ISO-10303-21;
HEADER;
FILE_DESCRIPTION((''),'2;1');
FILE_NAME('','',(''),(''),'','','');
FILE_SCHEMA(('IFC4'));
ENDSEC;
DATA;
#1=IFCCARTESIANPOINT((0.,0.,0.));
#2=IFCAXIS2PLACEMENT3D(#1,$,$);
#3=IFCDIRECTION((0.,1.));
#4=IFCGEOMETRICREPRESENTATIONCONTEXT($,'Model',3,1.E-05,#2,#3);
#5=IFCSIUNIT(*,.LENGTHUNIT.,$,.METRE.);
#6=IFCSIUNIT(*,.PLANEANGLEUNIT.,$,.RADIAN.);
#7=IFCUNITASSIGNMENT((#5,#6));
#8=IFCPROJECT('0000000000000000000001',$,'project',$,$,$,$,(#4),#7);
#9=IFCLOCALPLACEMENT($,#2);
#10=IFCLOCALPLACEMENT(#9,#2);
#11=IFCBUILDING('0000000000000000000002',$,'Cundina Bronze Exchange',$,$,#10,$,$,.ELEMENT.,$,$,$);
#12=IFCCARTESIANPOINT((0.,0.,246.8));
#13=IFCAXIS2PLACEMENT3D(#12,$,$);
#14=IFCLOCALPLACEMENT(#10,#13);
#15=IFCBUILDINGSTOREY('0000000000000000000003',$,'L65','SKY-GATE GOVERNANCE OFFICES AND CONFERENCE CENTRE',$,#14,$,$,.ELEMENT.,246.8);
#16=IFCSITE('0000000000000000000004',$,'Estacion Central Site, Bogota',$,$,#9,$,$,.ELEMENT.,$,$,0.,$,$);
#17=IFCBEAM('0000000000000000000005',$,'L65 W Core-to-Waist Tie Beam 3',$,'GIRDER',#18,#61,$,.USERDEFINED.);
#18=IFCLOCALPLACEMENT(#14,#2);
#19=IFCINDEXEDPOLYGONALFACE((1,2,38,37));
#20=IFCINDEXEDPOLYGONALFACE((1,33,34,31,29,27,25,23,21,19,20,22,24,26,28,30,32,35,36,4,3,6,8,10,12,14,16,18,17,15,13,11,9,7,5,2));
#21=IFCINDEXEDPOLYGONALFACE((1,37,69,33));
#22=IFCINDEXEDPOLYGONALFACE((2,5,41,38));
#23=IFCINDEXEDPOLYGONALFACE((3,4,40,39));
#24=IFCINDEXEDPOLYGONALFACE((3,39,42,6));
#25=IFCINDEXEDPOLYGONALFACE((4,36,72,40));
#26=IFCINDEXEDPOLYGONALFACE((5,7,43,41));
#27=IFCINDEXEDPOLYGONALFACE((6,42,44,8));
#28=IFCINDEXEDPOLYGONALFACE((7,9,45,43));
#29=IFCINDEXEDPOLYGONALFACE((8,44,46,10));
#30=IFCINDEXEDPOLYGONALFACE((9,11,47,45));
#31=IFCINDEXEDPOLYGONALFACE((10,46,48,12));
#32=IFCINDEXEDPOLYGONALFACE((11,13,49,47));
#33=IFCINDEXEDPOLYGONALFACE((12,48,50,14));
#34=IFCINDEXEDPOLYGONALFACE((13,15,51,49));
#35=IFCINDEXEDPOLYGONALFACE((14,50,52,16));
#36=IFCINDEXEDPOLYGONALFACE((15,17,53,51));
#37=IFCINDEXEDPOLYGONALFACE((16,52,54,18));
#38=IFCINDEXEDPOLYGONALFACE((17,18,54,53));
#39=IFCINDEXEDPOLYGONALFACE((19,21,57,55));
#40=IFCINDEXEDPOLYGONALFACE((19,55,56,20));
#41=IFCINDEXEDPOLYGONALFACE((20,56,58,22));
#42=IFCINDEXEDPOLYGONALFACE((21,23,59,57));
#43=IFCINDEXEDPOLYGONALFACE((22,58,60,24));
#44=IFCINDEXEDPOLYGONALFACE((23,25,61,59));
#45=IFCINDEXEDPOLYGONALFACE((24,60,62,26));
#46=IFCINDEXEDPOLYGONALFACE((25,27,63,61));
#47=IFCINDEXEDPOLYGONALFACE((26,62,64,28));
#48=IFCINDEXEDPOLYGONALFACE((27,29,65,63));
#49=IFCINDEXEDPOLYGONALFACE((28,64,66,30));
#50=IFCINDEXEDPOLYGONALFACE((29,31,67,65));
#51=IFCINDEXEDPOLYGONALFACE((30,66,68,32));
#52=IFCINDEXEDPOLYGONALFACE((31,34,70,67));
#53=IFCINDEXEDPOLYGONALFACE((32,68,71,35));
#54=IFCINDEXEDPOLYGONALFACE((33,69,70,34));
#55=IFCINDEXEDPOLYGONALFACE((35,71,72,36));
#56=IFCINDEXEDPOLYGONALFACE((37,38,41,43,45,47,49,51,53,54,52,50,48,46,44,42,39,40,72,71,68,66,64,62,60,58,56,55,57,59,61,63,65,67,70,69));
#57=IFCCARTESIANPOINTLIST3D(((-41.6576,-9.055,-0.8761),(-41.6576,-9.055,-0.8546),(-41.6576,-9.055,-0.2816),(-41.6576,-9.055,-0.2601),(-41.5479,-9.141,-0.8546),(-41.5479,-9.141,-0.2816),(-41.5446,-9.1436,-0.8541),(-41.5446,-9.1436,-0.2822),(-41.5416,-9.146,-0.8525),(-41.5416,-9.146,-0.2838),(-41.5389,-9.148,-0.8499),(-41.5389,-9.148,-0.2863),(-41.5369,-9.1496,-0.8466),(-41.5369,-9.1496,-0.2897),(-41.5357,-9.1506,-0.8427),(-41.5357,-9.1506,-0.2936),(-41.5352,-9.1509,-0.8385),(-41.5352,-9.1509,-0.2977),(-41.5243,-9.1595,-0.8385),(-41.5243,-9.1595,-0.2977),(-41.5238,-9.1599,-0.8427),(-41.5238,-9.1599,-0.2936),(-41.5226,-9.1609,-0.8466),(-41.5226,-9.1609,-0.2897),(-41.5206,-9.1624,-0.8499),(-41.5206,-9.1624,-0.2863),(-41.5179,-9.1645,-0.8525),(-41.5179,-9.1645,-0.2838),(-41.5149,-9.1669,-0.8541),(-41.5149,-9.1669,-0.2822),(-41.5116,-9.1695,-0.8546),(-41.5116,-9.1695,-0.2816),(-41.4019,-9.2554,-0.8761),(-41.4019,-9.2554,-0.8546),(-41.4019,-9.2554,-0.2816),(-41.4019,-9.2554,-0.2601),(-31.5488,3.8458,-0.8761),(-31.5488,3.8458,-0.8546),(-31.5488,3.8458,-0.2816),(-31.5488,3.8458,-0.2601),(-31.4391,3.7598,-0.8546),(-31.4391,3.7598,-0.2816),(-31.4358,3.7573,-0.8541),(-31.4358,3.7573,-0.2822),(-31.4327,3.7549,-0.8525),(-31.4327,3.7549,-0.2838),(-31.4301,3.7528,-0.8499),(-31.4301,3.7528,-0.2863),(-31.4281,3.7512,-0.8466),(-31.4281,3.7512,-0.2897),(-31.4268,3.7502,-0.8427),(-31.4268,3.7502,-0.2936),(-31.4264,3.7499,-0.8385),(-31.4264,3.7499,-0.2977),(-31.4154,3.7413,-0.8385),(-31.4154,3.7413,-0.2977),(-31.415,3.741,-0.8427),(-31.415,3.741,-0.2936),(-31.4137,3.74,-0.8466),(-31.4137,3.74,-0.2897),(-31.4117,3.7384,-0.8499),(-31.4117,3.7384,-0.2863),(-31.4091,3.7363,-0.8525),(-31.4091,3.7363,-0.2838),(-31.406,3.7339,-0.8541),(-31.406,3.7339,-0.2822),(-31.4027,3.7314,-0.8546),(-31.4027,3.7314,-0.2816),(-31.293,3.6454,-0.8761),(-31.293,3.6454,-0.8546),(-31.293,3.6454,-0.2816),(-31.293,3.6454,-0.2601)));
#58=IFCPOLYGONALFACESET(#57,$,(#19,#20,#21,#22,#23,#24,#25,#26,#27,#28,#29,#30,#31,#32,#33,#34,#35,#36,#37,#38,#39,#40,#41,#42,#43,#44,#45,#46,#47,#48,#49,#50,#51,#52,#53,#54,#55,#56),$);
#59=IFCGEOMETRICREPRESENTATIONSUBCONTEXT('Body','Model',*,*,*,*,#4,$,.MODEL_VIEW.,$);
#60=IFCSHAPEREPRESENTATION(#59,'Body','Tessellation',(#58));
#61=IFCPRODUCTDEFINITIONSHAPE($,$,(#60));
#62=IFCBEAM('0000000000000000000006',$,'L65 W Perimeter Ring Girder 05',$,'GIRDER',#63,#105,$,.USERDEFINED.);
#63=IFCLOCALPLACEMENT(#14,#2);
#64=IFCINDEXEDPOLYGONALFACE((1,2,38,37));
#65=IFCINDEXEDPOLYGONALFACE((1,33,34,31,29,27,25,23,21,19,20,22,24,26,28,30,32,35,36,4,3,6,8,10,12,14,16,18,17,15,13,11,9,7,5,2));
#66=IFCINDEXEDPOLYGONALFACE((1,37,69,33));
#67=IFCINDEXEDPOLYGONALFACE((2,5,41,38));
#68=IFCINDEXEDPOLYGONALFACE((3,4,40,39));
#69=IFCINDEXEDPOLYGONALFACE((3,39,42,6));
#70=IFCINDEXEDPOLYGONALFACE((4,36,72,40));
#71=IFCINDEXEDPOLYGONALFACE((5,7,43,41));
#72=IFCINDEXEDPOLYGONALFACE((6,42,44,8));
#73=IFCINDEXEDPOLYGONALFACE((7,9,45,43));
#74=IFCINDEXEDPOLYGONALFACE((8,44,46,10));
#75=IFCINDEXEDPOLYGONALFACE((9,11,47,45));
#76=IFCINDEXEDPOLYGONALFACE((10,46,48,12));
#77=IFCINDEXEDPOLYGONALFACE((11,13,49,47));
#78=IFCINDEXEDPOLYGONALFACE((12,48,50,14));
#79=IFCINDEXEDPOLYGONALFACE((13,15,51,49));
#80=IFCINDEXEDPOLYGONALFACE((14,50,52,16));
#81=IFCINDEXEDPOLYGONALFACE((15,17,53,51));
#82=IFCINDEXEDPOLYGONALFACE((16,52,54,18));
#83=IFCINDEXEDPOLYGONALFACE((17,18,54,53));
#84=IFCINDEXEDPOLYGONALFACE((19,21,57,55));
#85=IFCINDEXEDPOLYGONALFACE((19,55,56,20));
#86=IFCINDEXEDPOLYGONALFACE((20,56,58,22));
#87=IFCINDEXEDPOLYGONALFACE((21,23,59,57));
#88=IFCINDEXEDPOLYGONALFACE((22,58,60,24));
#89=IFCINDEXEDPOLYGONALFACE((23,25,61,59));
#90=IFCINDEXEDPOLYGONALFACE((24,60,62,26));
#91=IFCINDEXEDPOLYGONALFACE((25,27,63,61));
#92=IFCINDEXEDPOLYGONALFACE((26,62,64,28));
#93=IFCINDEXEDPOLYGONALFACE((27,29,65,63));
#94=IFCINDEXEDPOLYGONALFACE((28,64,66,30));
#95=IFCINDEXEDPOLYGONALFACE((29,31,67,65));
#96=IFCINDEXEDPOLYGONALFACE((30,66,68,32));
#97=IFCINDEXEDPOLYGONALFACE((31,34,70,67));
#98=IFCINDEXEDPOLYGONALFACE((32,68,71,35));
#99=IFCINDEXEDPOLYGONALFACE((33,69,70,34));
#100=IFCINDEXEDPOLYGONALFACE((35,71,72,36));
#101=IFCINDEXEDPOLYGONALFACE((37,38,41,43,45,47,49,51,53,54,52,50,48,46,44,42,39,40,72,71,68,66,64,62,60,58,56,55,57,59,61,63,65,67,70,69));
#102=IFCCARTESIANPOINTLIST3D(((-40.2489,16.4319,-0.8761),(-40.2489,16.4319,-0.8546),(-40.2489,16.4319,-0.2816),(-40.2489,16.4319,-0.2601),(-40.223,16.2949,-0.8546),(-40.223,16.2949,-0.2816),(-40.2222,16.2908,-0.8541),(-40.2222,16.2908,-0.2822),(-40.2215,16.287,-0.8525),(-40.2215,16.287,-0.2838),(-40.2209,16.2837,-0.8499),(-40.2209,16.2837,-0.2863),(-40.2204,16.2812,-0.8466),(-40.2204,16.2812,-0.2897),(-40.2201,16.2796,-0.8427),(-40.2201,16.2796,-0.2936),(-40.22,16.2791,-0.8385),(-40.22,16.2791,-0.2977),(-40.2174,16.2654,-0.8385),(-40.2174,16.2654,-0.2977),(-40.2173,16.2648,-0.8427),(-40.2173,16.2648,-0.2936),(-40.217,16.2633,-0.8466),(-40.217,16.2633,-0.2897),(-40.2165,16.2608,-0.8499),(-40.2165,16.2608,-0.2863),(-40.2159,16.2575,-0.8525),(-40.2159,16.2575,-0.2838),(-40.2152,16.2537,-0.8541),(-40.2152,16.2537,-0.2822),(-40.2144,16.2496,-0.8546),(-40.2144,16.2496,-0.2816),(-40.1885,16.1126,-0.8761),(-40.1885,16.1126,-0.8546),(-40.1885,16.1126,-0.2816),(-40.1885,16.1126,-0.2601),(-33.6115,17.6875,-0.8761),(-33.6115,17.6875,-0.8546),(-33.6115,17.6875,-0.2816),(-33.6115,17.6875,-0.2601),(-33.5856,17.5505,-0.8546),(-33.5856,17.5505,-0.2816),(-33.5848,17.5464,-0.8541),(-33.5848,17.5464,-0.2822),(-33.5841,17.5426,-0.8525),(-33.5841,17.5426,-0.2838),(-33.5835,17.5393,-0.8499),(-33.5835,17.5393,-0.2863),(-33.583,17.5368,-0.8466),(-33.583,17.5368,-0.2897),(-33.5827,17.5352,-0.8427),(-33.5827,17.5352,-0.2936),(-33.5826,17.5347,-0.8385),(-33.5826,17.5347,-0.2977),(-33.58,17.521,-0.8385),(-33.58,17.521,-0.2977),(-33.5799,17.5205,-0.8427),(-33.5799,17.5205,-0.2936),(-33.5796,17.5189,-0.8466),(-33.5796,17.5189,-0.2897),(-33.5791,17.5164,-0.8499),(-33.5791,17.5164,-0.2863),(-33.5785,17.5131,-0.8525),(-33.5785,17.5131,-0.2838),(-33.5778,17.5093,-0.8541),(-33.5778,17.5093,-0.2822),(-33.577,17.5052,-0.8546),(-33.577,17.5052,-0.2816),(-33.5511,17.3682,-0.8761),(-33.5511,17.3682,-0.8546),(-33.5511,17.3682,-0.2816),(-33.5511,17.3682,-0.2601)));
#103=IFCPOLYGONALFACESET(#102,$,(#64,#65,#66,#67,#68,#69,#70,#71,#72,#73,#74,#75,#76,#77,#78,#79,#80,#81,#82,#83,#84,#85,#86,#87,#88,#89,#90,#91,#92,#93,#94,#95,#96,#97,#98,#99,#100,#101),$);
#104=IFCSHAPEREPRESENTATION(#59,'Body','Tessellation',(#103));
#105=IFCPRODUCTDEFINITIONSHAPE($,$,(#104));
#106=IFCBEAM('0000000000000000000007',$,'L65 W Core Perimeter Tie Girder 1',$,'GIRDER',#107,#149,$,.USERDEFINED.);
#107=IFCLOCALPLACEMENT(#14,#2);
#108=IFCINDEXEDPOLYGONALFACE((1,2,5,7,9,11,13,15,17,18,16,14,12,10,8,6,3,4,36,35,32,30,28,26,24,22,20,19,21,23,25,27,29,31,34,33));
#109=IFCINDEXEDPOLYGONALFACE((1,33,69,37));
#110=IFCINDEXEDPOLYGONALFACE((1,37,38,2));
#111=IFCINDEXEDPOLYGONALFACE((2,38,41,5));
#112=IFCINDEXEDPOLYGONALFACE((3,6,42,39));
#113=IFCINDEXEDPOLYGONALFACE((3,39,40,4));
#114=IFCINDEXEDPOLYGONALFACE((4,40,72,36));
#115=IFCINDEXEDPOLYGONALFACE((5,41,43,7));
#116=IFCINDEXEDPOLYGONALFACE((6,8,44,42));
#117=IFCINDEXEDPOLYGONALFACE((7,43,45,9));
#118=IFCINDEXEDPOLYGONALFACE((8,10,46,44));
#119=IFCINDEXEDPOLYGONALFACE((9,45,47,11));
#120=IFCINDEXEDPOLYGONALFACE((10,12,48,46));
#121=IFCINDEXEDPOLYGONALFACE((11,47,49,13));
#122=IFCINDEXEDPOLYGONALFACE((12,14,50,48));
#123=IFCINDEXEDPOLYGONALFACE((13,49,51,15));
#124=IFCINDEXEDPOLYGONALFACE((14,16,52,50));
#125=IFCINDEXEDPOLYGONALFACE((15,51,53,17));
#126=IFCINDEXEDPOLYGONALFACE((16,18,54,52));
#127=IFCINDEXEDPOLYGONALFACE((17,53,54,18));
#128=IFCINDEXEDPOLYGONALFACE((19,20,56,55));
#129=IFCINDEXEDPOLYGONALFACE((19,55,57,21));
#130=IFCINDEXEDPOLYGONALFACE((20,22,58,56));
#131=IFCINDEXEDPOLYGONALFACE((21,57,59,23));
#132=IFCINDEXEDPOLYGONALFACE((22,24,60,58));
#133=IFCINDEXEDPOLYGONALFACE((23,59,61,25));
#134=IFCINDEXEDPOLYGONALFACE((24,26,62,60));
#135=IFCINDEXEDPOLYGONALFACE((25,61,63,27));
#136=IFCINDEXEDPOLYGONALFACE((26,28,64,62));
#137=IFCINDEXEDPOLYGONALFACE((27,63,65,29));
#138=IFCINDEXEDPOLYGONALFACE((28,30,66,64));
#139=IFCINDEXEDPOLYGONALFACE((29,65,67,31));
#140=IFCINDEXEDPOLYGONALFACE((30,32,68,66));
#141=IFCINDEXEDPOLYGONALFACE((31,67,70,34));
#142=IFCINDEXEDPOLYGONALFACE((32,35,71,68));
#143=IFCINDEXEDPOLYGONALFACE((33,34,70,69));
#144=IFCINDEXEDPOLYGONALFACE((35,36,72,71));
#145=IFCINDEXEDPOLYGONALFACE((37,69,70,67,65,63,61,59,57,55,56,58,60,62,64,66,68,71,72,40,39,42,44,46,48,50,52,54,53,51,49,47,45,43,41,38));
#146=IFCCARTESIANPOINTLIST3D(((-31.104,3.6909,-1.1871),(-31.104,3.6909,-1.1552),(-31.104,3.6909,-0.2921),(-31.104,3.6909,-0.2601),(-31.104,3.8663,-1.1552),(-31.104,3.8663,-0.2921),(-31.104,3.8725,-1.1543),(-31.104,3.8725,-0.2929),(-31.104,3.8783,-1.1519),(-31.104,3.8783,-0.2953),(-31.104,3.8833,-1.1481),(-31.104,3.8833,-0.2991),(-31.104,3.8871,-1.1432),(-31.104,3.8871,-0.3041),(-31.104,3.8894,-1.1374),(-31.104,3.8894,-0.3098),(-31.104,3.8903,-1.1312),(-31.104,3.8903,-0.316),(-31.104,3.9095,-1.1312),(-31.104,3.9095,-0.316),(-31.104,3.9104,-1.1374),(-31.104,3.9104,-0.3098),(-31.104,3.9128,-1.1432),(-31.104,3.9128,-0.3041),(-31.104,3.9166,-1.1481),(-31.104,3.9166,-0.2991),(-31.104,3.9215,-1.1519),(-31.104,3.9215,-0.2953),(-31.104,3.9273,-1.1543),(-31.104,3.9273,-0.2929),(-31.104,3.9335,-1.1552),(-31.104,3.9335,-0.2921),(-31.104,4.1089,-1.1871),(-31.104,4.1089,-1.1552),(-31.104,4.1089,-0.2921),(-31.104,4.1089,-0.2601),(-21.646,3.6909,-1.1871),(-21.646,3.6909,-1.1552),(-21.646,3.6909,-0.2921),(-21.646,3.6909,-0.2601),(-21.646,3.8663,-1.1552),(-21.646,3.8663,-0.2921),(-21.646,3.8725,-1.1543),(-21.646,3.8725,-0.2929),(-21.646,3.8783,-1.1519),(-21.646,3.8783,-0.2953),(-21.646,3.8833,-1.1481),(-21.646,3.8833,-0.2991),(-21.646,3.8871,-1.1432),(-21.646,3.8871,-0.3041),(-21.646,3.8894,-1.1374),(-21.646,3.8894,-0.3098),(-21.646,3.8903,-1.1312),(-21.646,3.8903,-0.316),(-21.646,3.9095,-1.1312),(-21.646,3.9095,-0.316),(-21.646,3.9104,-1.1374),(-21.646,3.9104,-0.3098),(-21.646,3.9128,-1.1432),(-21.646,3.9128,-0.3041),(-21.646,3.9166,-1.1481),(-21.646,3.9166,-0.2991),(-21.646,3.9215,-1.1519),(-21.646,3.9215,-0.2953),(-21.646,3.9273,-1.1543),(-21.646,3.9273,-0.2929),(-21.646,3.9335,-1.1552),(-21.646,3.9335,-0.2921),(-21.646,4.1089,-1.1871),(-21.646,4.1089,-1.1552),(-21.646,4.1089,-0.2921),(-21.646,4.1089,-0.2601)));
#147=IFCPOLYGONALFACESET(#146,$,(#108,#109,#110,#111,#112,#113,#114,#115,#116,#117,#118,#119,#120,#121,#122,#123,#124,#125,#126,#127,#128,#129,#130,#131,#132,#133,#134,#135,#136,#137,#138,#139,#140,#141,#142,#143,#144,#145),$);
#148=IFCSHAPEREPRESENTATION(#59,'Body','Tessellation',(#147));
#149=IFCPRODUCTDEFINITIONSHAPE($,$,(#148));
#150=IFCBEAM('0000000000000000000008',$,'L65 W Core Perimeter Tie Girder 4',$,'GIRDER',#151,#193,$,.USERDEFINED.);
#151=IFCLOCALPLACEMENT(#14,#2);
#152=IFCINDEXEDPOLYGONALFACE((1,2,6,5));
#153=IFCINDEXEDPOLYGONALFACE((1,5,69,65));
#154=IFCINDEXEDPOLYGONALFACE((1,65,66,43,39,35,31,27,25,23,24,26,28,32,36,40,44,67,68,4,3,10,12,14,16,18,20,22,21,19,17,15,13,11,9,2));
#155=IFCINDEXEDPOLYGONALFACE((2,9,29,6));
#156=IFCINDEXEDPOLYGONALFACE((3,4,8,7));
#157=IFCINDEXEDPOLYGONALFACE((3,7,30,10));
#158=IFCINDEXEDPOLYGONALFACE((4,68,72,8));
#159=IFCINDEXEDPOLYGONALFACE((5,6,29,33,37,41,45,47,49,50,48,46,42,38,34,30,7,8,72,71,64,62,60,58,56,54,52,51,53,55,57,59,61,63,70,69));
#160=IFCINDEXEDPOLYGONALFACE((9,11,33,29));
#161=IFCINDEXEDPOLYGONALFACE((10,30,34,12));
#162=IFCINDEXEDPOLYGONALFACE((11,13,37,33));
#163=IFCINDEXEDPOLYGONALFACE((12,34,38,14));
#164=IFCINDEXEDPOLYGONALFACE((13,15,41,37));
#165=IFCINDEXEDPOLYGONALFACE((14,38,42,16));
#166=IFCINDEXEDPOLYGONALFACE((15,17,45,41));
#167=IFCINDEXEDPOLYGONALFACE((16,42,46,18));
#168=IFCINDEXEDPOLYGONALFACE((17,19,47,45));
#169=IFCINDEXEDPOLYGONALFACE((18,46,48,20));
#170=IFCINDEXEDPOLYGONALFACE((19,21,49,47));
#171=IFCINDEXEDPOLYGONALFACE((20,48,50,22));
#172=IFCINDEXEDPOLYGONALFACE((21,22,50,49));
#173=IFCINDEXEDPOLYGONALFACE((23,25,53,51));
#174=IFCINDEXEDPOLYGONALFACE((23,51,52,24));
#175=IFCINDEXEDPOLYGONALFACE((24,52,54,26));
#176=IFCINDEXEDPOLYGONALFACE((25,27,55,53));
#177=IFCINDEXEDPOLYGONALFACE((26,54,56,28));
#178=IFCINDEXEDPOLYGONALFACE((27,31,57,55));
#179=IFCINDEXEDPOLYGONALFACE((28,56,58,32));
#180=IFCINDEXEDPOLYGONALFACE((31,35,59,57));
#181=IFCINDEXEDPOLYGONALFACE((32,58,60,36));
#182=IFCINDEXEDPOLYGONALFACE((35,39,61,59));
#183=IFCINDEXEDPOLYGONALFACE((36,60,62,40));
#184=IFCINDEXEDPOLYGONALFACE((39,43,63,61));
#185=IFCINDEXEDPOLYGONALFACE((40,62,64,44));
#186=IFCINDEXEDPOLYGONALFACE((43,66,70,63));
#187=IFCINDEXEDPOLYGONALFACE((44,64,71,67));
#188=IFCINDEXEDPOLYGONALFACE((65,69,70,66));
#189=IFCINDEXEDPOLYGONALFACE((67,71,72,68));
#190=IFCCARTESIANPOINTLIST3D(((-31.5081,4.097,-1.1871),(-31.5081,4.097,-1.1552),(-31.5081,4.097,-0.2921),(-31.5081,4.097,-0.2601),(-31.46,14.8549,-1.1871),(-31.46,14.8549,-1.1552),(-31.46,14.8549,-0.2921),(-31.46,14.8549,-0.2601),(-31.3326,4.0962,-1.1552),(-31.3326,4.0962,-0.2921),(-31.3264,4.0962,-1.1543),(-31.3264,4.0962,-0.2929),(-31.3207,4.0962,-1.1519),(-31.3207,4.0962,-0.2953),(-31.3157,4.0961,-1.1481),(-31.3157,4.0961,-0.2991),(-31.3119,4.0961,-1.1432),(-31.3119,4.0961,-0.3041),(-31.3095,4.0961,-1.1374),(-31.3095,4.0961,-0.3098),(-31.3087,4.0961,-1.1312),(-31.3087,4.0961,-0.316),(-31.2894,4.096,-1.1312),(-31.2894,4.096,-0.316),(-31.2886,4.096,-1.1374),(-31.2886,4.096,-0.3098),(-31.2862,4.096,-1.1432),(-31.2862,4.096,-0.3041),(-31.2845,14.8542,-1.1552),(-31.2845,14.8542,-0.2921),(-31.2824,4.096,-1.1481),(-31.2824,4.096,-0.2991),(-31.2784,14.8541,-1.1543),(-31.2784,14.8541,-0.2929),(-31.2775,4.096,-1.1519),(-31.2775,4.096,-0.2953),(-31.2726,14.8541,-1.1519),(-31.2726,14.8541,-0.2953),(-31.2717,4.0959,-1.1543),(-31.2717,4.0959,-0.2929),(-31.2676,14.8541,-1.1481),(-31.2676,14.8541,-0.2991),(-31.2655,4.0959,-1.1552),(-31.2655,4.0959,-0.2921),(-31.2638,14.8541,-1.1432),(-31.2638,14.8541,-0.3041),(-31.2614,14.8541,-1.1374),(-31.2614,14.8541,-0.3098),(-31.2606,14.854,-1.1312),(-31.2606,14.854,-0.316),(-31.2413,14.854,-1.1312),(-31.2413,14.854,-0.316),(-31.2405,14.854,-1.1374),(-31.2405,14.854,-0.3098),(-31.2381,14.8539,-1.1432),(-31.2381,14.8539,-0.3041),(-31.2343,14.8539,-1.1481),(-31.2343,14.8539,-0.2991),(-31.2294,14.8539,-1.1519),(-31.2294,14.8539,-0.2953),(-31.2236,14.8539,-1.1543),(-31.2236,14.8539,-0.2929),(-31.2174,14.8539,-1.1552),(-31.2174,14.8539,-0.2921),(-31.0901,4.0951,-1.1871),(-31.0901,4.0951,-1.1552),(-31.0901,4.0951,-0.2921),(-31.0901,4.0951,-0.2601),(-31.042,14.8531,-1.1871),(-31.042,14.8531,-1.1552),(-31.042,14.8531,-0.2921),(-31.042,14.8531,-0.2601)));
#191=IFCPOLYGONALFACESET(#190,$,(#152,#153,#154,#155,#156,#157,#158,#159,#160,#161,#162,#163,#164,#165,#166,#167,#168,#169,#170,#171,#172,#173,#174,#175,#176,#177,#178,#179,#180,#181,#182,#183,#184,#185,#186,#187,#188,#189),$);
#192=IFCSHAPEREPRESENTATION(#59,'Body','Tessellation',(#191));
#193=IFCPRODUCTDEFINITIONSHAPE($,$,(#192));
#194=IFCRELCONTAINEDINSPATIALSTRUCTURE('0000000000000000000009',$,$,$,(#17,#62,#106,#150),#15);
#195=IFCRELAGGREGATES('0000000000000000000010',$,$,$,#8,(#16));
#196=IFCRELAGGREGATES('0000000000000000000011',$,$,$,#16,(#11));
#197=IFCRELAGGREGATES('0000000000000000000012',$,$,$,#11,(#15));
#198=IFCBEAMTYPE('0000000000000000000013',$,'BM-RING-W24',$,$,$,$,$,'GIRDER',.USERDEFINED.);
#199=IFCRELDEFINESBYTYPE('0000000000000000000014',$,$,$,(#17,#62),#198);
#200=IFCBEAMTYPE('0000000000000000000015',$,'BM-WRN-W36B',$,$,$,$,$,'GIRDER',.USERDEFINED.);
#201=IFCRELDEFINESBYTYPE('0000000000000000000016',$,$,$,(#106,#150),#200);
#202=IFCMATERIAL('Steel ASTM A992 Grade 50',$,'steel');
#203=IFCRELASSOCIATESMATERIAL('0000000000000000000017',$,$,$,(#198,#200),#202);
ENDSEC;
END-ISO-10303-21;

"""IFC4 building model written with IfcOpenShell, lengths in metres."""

from ifc_helpers import new_model, si_unit, direction, frame, origin, origin_2d, place, context, subcontext, project, spatial, i_section, extrude, material, material_profile, profile_set, type_object, element, save


model = new_model("IFC4")

# Units and contexts
model_context = context("Model", 3, precision=1e-05, world=origin(), true_north=direction((0.0, 1.0)))
body_context = subcontext(model_context, "Body", "Model", "MODEL_VIEW")
ifc_project = project(units=[si_unit("LENGTHUNIT", "METRE"), si_unit("PLANEANGLEUNIT", "RADIAN")], contexts=[model_context])

# Site, building, storey
site_placement = place(None, origin())
site = spatial("IfcSite", under=ifc_project, at=site_placement, Name="Estacion Central Site, Bogota", CompositionType="ELEMENT", RefElevation=0.0)
building_placement = place(site_placement, origin())
building = spatial("IfcBuilding", under=site, at=building_placement, Name="Cundina Bronze Exchange", CompositionType="ELEMENT")
storey_placement = place(building_placement, frame((0.0, 0.0, 246.8)))
storey = spatial("IfcBuildingStorey", under=building, at=storey_placement, Name="L65", Description="SKY-GATE GOVERNANCE OFFICES AND CONFERENCE CENTRE", CompositionType="ELEMENT", Elevation=246.8)

# Shared definitions
ifc_material_1 = material(Name="Steel ASTM A992 Grade 50", Category="steel")

# Beams
ifc_material_profile_1 = material_profile(ifc_material_1, i_section(OverallWidth=0.325, OverallDepth=0.616, WebThickness=0.0139, FlangeThickness=0.0215, FilletRadius=0.0161, at=origin_2d()), Name="W24X117", Category="steel")
ifc_profile_set_1 = profile_set([ifc_material_profile_1], Name="Steel ASTM A992 Grade 50")
beam_type_1 = type_object("IfcBeamType", Name="BM-RING-W24", ElementType="GIRDER", PredefinedType="USERDEFINED", material=ifc_profile_set_1)
beam_1_placement = place(storey_placement, frame((-31.4209, 3.7456, -0.5681), z_axis=(-0.616783, -0.787133, 0.0), x_axis=(0.787133, -0.616783, 0.0)))
element("IfcBeam", 1, at=beam_1_placement, inside=storey, type_object=beam_type_1, Name="L65 W Core-to-Waist Tie Beam 3", ObjectType="GIRDER", PredefinedType="USERDEFINED", context=body_context, shape_type="SweptSolid", body=[
    extrude(i_section(OverallWidth=0.325, OverallDepth=0.616, WebThickness=0.0139, FlangeThickness=0.0215, FilletRadius=0.0161, at=origin_2d()), origin(), (0.0, 0.0, 1.0), 16.3896),
])
beam_2_placement = place(storey_placement, frame((-33.5813, 17.5278, -0.5681), z_axis=(-0.982573, -0.185875, 0.0), x_axis=(0.185875, -0.982573, 0.0)))
element("IfcBeam", 2, at=beam_2_placement, inside=storey, type_object=beam_type_1, Name="L65 W Perimeter Ring Girder 05", ObjectType="GIRDER", PredefinedType="USERDEFINED", context=body_context, shape_type="SweptSolid", body=[
    extrude(i_section(OverallWidth=0.325, OverallDepth=0.616, WebThickness=0.0139, FlangeThickness=0.0215, FilletRadius=0.0161, at=origin_2d()), origin(), (0.0, 0.0, 1.0), 6.7551),
])
ifc_material_profile_2 = material_profile(ifc_material_1, i_section(OverallWidth=0.418, OverallDepth=0.927, WebThickness=0.0193, FlangeThickness=0.032, FilletRadius=0.0239, at=origin_2d()), Name="W36X231", Category="steel")
ifc_profile_set_2 = profile_set([ifc_material_profile_2], Name="Steel ASTM A992 Grade 50")
beam_type_2 = type_object("IfcBeamType", Name="BM-WRN-W36B", ElementType="GIRDER", PredefinedType="USERDEFINED", material=ifc_profile_set_2)
beam_3_placement = place(storey_placement, frame((-31.104, 3.8999, -0.7236), z_axis=(1.0, 0.0, 0.0), x_axis=(0.0, 1.0, 0.0)))
element("IfcBeam", 3, at=beam_3_placement, inside=storey, type_object=beam_type_2, Name="L65 W Core Perimeter Tie Girder 1", ObjectType="GIRDER", PredefinedType="USERDEFINED", context=body_context, shape_type="SweptSolid", body=[
    extrude(i_section(OverallWidth=0.418, OverallDepth=0.927, WebThickness=0.0193, FlangeThickness=0.032, FilletRadius=0.0239, at=origin_2d()), origin(), (0.0, 0.0, 1.0), 9.458),
])
beam_4_placement = place(storey_placement, frame((-31.251, 14.854, -0.7236), z_axis=(-0.004471, -0.99999, 0.0), x_axis=(0.99999, -0.004471, 0.0)))
element("IfcBeam", 4, at=beam_4_placement, inside=storey, type_object=beam_type_2, Name="L65 W Core Perimeter Tie Girder 4", ObjectType="GIRDER", PredefinedType="USERDEFINED", context=body_context, shape_type="SweptSolid", body=[
    extrude(i_section(OverallWidth=0.418, OverallDepth=0.927, WebThickness=0.0193, FlangeThickness=0.032, FilletRadius=0.0239, at=origin_2d()), origin(), (0.0, 0.0, 1.0), 10.7581),
])

save(model, "model.ifc")
